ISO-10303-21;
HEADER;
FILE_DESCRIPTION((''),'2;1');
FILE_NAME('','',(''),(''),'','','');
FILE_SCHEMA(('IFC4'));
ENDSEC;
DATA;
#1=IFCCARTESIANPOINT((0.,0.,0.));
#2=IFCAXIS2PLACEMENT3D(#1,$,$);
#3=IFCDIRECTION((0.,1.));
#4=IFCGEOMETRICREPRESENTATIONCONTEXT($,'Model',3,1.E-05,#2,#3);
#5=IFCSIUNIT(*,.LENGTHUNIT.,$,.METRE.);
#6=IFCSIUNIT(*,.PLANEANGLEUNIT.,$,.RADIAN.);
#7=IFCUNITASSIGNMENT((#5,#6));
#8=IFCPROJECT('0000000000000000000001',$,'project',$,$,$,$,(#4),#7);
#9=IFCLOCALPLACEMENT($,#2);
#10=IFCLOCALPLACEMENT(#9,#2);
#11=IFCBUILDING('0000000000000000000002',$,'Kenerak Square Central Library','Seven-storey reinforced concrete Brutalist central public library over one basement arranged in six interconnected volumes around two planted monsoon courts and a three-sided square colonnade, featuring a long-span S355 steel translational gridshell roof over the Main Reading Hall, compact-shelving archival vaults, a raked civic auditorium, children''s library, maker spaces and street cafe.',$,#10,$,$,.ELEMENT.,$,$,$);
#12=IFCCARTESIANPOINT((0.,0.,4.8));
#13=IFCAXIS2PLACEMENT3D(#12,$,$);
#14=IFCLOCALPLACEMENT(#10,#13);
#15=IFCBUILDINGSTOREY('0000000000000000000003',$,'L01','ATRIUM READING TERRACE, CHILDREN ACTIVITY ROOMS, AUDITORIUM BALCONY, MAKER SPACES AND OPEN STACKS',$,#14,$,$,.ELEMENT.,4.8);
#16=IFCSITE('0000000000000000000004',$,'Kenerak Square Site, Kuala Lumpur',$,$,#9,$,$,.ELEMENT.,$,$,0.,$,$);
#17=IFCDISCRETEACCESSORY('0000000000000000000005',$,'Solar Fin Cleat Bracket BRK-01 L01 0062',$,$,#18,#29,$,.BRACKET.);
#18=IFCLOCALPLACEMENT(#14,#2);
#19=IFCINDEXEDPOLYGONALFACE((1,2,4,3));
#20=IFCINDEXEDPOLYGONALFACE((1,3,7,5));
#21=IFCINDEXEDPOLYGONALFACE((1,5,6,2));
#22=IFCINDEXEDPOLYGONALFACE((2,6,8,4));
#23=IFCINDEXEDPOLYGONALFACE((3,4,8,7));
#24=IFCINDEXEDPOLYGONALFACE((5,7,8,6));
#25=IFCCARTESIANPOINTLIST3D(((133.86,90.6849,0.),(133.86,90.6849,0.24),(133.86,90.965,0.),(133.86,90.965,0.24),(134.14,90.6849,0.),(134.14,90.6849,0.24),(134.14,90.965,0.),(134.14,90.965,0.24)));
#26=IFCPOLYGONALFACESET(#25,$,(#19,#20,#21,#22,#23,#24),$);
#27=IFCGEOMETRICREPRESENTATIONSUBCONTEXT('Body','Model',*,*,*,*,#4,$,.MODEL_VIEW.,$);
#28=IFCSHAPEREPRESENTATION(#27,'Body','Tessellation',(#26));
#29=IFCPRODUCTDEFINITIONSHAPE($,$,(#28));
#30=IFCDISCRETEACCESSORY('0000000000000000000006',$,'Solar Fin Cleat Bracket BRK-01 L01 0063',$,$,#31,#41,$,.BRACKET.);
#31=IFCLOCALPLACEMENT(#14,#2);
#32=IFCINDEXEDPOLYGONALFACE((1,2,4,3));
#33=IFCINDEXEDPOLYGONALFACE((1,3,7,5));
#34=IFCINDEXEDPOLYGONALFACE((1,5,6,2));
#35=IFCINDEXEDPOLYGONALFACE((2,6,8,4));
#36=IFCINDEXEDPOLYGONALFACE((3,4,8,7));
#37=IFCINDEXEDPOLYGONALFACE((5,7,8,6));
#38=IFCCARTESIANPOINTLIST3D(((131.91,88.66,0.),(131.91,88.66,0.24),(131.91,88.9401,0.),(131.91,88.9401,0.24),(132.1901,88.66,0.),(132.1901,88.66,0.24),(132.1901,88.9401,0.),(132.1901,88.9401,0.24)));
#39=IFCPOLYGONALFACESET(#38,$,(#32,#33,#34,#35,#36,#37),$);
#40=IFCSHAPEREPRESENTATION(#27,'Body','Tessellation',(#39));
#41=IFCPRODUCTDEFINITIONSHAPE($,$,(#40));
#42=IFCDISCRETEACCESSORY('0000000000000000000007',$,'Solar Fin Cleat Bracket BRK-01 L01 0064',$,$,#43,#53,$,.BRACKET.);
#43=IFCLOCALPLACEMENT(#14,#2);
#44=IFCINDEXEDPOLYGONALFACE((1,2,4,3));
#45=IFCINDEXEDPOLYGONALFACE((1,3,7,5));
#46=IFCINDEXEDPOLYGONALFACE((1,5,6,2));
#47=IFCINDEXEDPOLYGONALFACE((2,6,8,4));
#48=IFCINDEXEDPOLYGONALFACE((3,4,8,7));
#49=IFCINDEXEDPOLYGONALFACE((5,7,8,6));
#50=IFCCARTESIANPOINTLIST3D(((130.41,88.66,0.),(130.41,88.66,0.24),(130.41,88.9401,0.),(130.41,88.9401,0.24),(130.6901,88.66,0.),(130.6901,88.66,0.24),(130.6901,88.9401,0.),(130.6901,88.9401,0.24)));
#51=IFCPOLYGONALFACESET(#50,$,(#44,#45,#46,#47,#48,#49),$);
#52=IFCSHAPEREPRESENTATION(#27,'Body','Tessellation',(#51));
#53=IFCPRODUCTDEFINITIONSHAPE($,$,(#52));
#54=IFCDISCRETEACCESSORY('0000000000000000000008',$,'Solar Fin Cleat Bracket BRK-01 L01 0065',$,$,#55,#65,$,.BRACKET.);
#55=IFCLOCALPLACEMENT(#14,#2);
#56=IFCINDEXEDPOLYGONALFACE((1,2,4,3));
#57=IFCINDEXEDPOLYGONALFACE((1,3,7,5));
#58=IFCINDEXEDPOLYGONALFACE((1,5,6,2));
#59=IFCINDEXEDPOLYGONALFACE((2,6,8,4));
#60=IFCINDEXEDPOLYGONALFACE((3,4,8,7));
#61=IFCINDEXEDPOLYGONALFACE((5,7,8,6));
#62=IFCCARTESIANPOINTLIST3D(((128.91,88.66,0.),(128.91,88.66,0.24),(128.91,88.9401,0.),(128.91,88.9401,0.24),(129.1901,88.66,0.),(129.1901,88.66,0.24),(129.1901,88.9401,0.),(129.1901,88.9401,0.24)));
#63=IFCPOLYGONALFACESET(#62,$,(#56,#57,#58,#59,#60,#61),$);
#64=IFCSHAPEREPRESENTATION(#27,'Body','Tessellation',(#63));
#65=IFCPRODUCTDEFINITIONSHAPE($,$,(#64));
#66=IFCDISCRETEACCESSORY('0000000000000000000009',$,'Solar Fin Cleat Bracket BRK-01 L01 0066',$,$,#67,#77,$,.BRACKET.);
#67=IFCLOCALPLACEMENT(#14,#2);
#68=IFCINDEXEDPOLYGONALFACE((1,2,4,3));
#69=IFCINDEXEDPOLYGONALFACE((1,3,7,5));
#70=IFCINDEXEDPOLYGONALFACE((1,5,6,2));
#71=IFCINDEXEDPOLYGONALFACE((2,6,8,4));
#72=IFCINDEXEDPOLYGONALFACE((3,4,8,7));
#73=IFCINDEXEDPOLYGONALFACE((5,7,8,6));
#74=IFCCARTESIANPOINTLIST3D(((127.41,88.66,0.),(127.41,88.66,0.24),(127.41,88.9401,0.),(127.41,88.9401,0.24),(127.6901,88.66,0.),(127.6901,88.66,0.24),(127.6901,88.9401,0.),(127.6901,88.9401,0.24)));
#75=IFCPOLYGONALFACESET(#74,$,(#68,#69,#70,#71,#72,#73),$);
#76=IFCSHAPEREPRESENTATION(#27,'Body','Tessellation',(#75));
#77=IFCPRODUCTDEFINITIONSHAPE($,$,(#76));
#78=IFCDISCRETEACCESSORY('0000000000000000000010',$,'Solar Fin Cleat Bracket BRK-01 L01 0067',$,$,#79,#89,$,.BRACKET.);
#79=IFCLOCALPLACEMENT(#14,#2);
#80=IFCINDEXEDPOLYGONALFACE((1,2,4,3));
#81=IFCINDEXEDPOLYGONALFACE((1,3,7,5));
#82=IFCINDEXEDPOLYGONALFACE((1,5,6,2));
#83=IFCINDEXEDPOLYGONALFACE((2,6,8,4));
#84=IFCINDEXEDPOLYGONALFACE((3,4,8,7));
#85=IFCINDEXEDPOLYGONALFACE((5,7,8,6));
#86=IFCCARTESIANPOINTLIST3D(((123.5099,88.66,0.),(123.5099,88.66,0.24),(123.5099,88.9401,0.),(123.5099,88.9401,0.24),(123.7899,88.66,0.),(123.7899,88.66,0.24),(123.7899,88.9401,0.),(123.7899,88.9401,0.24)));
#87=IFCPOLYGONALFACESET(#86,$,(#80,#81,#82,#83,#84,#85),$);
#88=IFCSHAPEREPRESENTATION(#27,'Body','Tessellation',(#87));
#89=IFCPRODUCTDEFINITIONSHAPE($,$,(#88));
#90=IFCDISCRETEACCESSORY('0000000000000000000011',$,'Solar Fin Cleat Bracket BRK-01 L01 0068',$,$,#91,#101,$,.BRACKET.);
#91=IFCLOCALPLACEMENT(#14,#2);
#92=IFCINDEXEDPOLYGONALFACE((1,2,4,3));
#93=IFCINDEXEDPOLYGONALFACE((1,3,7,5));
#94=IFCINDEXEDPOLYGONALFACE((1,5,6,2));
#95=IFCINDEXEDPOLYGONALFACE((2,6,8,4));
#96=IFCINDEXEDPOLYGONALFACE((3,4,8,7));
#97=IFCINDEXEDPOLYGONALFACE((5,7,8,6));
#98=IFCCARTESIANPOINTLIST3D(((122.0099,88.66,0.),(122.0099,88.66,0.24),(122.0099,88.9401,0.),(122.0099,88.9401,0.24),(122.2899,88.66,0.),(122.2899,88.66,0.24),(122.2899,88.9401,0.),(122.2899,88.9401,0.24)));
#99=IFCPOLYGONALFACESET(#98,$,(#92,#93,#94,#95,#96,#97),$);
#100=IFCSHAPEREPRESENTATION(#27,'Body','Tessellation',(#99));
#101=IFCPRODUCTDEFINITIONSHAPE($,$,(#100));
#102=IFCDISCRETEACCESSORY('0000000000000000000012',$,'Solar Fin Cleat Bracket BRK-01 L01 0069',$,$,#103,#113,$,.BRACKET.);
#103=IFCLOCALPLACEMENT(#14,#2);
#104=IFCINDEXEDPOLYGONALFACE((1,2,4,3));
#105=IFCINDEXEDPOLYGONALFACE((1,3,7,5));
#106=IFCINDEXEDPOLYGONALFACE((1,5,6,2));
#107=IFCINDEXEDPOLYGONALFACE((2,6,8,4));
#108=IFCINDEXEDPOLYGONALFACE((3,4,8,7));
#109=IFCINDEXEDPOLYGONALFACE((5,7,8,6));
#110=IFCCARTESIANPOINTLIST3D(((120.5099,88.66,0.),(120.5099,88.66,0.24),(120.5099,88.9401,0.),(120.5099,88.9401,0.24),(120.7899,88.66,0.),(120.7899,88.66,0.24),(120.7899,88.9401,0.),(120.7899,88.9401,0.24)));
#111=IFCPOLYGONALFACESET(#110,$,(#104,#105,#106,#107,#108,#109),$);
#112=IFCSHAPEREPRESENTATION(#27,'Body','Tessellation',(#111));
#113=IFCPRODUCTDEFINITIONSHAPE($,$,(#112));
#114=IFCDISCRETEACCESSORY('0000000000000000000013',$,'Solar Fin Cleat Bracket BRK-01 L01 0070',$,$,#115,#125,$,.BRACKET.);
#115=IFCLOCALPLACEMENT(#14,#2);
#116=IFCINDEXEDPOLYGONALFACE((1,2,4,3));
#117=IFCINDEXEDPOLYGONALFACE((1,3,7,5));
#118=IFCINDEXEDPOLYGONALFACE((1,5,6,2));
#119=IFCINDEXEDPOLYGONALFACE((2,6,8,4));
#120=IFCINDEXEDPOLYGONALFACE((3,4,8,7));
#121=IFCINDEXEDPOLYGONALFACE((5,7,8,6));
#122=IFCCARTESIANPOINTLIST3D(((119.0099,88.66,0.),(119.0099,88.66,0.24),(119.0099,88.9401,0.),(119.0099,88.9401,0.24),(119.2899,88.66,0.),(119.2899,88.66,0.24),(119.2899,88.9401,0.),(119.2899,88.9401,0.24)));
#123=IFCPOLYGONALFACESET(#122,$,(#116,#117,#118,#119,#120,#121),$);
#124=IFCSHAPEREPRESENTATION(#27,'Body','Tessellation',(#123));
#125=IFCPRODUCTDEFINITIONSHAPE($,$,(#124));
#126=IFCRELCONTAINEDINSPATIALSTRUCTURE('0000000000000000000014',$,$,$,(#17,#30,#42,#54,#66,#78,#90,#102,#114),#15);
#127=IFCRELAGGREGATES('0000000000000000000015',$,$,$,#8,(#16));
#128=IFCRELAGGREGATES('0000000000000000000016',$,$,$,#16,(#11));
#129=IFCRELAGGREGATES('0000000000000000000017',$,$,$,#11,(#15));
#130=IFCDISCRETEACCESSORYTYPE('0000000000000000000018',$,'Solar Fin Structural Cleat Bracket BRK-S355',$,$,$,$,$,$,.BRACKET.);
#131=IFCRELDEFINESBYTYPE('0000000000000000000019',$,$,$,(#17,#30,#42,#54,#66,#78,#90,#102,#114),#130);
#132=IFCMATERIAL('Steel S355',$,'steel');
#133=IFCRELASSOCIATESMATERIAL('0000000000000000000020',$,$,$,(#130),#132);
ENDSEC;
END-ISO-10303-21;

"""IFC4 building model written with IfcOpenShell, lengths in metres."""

from ifc_helpers import new_model, si_unit, direction, frame, origin, origin_2d, place, context, subcontext, project, spatial, rectangle, extrude, material, type_object, element, save


model = new_model("IFC4")

# Units and contexts
model_context = context("Model", 3, precision=1e-05, world=origin(), true_north=direction((0.0, 1.0)))
body_context = subcontext(model_context, "Body", "Model", "MODEL_VIEW")
ifc_project = project(units=[si_unit("LENGTHUNIT", "METRE"), si_unit("PLANEANGLEUNIT", "RADIAN")], contexts=[model_context])

# Site, building, storey
site_placement = place(None, origin())
site = spatial("IfcSite", under=ifc_project, at=site_placement, Name="Kenerak Square Site, Kuala Lumpur", CompositionType="ELEMENT", RefElevation=0.0)
building_placement = place(site_placement, origin())
building = spatial("IfcBuilding", under=site, at=building_placement, Name="Kenerak Square Central Library", Description="Seven-storey reinforced concrete Brutalist central public library over one basement arranged in six interconnected volumes around two planted monsoon courts and a three-sided square colonnade, featuring a long-span S355 steel translational gridshell roof over the Main Reading Hall, compact-shelving archival vaults, a raked civic auditorium, children's library, maker spaces and street cafe.", CompositionType="ELEMENT")
storey_placement = place(building_placement, frame((0.0, 0.0, 4.8)))
storey = spatial("IfcBuildingStorey", under=building, at=storey_placement, Name="L01", Description="ATRIUM READING TERRACE, CHILDREN ACTIVITY ROOMS, AUDITORIUM BALCONY, MAKER SPACES AND OPEN STACKS", CompositionType="ELEMENT", Elevation=4.8)

# Discrete accessories
ifc_material_1 = material(Name="Steel S355", Category="steel")
discrete_accessory_type = type_object("IfcDiscreteAccessoryType", Name="Solar Fin Structural Cleat Bracket BRK-S355", PredefinedType="BRACKET", material=ifc_material_1)
for number, where, z_axis, x_axis, name in (
    (1, (134.0, 90.825, 0.0), (0.0, 0.0, 1.0), (0.0, -1.0, 0.0), "Solar Fin Cleat Bracket BRK-01 L01 0062"),
    (2, (132.05, 88.8, 0.0), (0.0, 0.0, 1.0), (-1.0, 0.0, 0.0), "Solar Fin Cleat Bracket BRK-01 L01 0063"),
    (3, (130.55, 88.8, 0.0), (0.0, 0.0, 1.0), (-1.0, 0.0, 0.0), "Solar Fin Cleat Bracket BRK-01 L01 0064"),
    (4, (129.05, 88.8, 0.0), (0.0, 0.0, 1.0), (-1.0, 0.0, 0.0), "Solar Fin Cleat Bracket BRK-01 L01 0065"),
    (5, (127.55, 88.8, 0.0), (0.0, 0.0, 1.0), (-1.0, 0.0, 0.0), "Solar Fin Cleat Bracket BRK-01 L01 0066"),
    (6, (123.6499, 88.8, 0.0), (0.0, 0.0, 1.0), (-1.0, 0.0, 0.0), "Solar Fin Cleat Bracket BRK-01 L01 0067"),
    (7, (122.1499, 88.8, 0.0), (0.0, 0.0, 1.0), (-1.0, 0.0, 0.0), "Solar Fin Cleat Bracket BRK-01 L01 0068"),
    (8, (120.6499, 88.8, 0.0), (0.0, 0.0, 1.0), (-1.0, 0.0, 0.0), "Solar Fin Cleat Bracket BRK-01 L01 0069"),
    (9, (119.1499, 88.8, 0.0), (0.0, 0.0, 1.0), (-1.0, 0.0, 0.0), "Solar Fin Cleat Bracket BRK-01 L01 0070"),
):
    element("IfcDiscreteAccessory", number, at=place(storey_placement, frame(where, z_axis=z_axis, x_axis=x_axis)), inside=storey, type_object=discrete_accessory_type, Name=name, PredefinedType="BRACKET", context=body_context, shape_type="SweptSolid", body=[
        extrude(rectangle(XDim=0.28, YDim=0.28, at=origin_2d()), origin(), (0.0, 0.0, 1.0), 0.24),
    ])

save(model, "model.ifc")
